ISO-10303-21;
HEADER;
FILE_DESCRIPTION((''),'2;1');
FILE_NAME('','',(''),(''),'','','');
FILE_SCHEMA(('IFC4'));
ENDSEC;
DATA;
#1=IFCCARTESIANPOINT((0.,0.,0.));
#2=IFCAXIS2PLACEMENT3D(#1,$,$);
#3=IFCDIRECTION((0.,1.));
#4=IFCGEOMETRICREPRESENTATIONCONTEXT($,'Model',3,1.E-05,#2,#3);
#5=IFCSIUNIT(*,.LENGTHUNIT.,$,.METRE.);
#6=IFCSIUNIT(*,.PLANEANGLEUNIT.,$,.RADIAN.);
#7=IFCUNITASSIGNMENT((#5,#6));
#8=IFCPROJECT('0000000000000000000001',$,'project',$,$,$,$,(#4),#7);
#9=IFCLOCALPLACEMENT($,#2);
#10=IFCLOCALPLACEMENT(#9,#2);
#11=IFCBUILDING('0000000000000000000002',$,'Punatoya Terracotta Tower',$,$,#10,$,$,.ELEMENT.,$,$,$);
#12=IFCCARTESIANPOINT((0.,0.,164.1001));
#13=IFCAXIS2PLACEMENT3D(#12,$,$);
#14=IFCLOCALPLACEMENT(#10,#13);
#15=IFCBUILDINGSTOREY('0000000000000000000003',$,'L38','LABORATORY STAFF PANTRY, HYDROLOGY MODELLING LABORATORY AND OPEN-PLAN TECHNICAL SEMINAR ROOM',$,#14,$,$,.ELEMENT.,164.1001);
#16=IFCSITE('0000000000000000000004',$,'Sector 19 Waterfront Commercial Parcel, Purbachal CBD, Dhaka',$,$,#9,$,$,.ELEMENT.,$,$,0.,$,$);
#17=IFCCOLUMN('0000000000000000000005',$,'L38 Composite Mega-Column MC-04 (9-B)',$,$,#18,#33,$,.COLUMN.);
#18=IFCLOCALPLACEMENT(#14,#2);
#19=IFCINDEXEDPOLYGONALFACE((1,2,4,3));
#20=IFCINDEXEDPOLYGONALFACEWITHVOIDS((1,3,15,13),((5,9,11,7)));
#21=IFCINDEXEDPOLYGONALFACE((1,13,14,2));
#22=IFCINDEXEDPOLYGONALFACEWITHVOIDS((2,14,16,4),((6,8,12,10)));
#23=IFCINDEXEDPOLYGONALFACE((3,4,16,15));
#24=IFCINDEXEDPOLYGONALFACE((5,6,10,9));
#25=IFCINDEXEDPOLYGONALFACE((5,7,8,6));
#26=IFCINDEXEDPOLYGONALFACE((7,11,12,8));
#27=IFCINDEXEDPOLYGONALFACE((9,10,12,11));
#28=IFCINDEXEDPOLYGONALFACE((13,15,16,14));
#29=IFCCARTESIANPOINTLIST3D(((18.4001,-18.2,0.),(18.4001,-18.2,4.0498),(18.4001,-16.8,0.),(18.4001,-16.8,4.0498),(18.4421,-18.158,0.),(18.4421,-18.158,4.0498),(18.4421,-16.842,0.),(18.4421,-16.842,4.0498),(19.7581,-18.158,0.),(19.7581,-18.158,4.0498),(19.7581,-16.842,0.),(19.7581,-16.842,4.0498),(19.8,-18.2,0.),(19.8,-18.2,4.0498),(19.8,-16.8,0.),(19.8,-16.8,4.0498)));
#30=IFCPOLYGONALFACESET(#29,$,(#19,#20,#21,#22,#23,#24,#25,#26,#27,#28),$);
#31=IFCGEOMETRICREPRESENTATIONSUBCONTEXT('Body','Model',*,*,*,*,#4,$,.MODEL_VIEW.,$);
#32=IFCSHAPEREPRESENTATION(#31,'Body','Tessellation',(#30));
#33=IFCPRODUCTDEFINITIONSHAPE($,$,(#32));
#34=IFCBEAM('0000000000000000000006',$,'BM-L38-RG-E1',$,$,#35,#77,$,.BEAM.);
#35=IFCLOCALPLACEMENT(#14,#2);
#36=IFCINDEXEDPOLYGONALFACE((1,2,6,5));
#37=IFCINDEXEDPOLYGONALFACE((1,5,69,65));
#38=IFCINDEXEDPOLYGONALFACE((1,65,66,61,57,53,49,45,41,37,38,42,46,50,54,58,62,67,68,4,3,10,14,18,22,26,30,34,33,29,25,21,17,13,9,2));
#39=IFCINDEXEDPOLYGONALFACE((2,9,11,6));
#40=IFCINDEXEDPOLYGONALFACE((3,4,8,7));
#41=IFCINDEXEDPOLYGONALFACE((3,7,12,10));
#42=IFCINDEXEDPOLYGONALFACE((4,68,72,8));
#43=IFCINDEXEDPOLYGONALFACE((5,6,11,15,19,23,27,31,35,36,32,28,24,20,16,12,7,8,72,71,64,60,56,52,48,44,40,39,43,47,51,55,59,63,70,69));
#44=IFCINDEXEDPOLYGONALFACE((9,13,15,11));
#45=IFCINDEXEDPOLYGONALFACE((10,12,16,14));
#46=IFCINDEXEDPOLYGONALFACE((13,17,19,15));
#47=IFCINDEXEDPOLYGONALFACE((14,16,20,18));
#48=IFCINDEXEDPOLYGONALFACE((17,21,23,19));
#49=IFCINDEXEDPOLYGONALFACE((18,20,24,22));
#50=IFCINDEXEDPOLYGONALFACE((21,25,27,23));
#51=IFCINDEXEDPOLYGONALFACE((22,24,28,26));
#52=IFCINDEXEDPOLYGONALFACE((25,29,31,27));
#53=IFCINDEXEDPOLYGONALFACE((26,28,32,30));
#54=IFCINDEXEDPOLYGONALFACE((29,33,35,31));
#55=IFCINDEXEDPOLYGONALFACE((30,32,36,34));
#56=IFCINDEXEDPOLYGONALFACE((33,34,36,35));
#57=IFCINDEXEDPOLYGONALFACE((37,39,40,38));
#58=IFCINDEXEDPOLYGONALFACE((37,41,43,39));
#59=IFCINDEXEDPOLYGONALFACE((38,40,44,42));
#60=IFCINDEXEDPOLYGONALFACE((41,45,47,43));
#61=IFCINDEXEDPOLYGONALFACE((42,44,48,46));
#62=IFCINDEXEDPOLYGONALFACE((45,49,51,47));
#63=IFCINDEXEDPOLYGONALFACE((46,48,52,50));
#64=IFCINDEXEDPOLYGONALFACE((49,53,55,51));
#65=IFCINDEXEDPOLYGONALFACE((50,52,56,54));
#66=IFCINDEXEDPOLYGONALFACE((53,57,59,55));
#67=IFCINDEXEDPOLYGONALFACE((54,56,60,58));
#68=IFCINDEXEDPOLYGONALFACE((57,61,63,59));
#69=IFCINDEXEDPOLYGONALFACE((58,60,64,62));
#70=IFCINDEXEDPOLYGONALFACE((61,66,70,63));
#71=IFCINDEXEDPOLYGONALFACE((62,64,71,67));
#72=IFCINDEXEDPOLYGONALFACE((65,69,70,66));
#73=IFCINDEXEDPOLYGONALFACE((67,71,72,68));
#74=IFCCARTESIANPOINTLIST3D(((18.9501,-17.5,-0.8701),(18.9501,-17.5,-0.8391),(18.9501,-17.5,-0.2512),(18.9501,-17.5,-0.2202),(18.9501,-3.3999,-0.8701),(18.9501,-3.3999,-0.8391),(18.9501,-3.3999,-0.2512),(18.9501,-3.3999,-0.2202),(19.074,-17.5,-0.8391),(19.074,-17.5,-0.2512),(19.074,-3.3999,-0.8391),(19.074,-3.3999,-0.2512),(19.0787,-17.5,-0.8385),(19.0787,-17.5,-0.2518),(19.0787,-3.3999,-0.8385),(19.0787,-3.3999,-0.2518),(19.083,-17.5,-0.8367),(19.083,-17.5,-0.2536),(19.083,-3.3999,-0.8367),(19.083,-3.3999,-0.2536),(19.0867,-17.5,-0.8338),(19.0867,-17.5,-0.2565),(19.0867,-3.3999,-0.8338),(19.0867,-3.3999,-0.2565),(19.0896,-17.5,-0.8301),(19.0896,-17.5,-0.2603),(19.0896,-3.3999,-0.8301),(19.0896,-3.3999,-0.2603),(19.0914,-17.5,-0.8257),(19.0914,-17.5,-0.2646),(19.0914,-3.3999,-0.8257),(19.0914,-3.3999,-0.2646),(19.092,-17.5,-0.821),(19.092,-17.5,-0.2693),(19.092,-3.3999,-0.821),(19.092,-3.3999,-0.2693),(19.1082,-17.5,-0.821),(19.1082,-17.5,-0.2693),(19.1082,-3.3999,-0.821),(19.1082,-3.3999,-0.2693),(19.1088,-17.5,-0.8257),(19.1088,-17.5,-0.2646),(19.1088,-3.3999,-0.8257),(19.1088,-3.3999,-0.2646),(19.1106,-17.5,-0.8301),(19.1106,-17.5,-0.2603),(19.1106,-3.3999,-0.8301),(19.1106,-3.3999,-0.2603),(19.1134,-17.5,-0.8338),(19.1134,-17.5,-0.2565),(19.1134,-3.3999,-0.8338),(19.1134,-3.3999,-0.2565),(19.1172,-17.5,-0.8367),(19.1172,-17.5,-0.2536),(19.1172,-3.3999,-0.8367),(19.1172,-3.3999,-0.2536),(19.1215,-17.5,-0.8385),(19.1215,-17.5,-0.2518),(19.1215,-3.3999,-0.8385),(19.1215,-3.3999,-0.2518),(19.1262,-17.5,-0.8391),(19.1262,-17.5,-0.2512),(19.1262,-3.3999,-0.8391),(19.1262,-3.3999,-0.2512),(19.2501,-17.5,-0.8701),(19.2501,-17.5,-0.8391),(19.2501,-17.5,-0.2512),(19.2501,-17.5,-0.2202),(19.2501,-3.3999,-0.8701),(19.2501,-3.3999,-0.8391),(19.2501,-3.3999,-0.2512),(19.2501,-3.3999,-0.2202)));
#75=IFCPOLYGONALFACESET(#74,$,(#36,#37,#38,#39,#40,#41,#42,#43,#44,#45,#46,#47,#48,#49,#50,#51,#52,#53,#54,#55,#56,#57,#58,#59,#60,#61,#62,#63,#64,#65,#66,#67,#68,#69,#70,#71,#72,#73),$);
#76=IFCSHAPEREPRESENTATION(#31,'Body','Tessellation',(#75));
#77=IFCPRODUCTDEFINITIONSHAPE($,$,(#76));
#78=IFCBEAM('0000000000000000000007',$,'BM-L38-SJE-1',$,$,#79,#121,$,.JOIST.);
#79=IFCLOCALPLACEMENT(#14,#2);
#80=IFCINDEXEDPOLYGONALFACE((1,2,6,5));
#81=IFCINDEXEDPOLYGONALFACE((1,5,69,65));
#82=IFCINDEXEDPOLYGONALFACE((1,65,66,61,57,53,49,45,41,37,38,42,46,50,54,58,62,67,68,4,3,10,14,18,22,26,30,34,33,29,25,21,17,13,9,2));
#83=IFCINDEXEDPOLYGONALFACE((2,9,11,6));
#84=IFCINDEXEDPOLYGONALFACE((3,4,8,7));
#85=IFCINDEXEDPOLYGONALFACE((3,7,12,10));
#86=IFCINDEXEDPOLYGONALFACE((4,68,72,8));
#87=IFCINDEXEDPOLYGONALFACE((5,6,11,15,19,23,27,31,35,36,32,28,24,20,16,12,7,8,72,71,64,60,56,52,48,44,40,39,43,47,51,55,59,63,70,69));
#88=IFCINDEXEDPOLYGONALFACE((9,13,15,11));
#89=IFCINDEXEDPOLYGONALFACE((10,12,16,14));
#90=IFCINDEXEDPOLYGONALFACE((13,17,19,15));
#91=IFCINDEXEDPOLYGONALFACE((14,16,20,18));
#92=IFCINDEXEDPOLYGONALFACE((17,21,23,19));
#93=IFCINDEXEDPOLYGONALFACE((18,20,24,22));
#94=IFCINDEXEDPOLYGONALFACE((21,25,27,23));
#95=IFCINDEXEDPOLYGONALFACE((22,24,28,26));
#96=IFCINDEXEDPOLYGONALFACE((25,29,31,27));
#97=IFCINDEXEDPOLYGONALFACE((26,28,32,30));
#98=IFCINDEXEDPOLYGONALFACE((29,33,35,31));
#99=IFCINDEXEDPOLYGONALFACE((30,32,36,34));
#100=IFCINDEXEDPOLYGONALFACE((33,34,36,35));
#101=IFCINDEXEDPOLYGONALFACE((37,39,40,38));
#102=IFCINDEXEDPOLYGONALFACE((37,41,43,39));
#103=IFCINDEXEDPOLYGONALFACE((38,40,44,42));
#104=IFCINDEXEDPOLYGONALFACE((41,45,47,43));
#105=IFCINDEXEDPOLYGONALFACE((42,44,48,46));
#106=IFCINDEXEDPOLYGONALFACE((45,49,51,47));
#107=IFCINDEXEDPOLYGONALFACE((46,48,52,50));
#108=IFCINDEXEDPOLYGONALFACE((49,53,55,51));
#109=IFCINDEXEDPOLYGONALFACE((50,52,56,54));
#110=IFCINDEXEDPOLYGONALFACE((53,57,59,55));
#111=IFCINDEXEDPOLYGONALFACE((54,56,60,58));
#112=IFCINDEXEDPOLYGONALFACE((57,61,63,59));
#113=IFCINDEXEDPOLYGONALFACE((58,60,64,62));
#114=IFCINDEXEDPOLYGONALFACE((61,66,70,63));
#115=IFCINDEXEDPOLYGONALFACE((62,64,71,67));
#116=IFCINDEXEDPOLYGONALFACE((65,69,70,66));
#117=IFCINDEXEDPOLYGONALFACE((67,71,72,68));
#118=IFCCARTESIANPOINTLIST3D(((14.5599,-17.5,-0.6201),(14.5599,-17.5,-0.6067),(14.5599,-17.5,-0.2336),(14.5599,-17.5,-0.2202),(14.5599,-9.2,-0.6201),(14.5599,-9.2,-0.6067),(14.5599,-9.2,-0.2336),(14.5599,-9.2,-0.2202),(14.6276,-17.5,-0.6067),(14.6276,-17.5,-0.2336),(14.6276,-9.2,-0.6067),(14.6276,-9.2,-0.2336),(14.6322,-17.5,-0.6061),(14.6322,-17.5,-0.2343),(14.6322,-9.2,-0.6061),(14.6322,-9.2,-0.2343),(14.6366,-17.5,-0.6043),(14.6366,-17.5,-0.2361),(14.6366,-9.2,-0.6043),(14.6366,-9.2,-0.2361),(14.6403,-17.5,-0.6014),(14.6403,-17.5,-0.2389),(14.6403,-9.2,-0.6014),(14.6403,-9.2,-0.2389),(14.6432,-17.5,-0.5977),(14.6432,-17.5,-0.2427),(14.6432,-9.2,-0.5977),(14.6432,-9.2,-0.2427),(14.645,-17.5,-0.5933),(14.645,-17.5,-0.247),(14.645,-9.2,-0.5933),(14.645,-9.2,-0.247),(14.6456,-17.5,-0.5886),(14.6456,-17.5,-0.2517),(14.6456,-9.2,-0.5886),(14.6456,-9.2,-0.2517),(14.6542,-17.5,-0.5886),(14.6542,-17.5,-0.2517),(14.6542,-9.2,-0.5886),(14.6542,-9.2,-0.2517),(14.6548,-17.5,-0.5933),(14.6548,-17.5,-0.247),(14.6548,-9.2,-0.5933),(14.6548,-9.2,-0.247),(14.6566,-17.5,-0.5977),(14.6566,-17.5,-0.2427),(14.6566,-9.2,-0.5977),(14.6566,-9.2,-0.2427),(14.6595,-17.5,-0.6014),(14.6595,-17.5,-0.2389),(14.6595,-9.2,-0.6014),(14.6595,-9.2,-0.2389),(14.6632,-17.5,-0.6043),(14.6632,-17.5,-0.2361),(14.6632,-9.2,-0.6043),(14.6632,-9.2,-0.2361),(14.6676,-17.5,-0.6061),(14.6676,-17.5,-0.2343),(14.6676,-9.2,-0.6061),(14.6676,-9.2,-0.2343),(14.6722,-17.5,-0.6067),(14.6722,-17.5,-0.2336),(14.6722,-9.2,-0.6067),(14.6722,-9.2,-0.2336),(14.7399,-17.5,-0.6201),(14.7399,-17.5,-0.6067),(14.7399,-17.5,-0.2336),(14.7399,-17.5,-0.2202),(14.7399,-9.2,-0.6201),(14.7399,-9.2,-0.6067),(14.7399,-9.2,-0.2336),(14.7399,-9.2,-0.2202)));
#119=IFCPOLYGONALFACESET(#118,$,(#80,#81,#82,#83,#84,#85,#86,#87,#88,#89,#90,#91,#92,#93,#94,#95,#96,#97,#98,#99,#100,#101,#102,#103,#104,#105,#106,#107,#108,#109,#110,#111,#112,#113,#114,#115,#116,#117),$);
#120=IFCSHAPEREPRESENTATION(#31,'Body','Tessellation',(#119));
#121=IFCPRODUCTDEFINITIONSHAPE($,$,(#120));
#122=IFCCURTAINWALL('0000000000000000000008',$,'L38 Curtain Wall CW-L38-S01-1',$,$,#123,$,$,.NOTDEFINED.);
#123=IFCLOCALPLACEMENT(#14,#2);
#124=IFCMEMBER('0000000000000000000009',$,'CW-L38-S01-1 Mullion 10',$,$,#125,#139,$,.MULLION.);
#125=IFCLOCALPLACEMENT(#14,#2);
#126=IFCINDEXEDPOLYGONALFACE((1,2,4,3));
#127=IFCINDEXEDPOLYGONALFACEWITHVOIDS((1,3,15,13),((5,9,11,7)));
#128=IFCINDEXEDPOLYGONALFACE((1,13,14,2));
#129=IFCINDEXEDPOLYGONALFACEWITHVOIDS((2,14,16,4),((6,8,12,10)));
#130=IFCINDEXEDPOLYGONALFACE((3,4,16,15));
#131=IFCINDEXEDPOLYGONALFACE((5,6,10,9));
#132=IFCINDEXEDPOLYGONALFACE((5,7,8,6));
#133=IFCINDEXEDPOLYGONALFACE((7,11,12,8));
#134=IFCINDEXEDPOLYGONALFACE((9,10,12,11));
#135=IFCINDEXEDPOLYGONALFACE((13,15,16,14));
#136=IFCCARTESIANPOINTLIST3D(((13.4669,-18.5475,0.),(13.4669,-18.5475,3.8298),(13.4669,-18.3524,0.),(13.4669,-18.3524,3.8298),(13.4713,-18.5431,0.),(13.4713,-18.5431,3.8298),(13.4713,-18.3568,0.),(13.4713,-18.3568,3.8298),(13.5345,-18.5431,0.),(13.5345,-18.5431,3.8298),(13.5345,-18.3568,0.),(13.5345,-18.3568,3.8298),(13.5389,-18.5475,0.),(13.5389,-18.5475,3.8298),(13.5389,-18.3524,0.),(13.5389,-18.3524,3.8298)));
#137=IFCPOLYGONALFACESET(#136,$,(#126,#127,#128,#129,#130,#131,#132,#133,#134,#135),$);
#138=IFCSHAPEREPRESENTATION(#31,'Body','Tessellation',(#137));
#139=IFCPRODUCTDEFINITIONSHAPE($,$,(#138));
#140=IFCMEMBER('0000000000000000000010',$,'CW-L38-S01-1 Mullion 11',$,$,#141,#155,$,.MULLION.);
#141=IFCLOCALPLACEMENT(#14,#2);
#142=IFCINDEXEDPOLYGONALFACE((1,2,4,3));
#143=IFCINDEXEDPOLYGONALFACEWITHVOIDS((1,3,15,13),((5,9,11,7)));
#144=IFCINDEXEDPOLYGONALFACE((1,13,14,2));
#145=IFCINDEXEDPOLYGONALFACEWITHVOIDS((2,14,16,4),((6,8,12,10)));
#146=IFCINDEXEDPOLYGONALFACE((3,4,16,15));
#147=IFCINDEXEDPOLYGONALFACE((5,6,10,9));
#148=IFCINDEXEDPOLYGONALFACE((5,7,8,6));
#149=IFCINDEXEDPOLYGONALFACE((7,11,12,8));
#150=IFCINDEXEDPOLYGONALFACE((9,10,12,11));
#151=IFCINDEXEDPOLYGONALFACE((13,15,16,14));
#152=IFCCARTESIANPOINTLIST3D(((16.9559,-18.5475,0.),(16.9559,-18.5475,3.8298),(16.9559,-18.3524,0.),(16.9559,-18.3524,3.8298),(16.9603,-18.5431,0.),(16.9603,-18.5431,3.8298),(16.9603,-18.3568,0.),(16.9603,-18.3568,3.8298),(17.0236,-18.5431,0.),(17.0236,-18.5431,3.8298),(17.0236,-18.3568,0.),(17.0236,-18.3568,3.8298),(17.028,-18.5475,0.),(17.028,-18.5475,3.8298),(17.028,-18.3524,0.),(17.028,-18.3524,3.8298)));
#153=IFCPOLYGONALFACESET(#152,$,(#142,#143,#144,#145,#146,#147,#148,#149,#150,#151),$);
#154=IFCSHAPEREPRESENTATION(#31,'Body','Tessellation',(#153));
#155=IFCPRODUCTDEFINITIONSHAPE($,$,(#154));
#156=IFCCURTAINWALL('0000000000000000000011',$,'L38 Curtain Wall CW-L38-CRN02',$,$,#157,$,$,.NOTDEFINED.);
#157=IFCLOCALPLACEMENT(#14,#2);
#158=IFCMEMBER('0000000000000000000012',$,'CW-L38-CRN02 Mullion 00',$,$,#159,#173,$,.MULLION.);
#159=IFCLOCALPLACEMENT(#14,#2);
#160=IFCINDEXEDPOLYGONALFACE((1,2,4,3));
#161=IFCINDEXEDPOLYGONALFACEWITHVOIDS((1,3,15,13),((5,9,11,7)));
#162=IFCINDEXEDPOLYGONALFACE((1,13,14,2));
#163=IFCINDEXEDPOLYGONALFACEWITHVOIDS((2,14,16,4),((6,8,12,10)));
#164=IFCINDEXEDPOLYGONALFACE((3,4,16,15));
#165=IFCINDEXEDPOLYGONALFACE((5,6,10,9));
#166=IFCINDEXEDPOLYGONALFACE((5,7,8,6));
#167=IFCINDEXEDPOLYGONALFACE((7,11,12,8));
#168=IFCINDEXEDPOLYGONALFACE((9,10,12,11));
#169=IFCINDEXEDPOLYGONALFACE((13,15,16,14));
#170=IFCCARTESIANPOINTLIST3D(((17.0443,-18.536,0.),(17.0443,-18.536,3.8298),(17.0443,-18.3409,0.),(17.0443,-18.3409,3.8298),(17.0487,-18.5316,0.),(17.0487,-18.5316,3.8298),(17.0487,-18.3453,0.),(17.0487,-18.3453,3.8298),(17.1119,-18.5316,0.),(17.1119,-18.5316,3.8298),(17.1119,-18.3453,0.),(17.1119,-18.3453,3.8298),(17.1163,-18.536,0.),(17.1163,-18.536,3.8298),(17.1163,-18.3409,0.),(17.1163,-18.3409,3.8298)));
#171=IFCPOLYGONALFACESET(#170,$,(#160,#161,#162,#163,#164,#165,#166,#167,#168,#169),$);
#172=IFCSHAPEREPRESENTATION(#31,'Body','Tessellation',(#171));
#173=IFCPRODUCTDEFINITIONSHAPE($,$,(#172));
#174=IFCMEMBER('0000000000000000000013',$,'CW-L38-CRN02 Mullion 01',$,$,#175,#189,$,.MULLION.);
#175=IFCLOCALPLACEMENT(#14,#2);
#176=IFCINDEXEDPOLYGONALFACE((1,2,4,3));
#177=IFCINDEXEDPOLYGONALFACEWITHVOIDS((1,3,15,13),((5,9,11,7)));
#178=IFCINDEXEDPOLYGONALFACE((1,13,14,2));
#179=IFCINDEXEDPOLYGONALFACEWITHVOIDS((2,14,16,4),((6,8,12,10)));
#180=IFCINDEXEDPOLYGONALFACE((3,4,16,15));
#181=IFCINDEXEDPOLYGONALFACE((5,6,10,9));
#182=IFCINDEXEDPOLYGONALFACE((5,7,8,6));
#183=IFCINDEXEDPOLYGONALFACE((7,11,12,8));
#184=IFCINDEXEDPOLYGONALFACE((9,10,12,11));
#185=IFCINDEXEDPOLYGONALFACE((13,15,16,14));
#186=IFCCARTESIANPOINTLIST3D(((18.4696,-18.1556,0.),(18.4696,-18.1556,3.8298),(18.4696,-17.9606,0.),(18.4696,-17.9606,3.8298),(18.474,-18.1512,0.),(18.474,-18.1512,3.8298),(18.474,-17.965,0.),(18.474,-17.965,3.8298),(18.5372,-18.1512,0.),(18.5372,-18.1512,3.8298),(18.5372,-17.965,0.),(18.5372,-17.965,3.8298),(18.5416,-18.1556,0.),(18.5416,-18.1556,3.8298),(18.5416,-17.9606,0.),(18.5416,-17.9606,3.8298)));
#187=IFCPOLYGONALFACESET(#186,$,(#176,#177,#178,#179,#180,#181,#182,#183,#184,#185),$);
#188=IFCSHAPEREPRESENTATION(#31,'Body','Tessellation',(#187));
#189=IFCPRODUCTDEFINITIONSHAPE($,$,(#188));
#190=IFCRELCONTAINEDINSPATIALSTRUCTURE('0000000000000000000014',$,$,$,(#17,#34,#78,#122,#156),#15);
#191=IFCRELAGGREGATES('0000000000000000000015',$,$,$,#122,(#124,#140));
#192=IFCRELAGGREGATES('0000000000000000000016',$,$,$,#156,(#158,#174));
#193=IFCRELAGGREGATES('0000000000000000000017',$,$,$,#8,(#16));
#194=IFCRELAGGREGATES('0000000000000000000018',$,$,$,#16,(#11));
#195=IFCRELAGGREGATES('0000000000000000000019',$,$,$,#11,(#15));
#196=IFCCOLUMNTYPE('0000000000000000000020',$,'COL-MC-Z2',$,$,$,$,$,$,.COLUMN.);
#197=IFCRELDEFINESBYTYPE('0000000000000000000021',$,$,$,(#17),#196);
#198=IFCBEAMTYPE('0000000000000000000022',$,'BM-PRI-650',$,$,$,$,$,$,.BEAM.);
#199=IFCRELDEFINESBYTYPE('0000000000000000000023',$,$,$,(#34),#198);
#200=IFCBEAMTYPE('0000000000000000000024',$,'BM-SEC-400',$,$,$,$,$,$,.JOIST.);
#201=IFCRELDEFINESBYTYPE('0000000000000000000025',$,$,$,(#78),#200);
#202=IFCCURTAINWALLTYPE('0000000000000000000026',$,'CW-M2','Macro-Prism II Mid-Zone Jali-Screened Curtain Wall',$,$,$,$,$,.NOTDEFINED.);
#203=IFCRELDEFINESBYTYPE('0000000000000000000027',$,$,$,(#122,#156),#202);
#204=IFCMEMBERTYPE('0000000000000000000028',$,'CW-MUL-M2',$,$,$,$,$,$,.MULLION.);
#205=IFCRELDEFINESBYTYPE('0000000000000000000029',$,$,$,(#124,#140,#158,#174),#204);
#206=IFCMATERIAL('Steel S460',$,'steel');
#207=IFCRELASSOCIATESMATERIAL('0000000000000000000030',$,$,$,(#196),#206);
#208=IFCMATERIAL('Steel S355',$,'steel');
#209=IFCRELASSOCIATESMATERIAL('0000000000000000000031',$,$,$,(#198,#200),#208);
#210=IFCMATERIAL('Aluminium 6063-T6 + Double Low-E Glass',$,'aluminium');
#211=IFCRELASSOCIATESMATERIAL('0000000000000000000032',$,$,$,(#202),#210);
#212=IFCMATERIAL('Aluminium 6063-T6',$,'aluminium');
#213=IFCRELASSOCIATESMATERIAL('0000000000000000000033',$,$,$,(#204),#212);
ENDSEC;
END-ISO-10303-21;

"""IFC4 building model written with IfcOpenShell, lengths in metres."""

from ifc_helpers import new_model, si_unit, direction, frame, origin, origin_2d, place, context, subcontext, project, spatial, hollow_rectangle, i_section, extrude, material, material_profile, profile_set, type_object, element, aggregate, save


model = new_model("IFC4")

# Units and contexts
model_context = context("Model", 3, precision=1e-05, world=origin(), true_north=direction((0.0, 1.0)))
body_context = subcontext(model_context, "Body", "Model", "MODEL_VIEW")
ifc_project = project(units=[si_unit("LENGTHUNIT", "METRE"), si_unit("PLANEANGLEUNIT", "RADIAN")], contexts=[model_context])

# Site, building, storey
site_placement = place(None, origin())
site = spatial("IfcSite", under=ifc_project, at=site_placement, Name="Sector 19 Waterfront Commercial Parcel, Purbachal CBD, Dhaka", CompositionType="ELEMENT", RefElevation=0.0)
building_placement = place(site_placement, origin())
building = spatial("IfcBuilding", under=site, at=building_placement, Name="Punatoya Terracotta Tower", CompositionType="ELEMENT")
storey_placement = place(building_placement, frame((0.0, 0.0, 164.1001)))
storey = spatial("IfcBuildingStorey", under=building, at=storey_placement, Name="L38", Description="LABORATORY STAFF PANTRY, HYDROLOGY MODELLING LABORATORY AND OPEN-PLAN TECHNICAL SEMINAR ROOM", CompositionType="ELEMENT", Elevation=164.1001)

# Column
ifc_material_1 = material(Name="Steel S460", Category="steel")
ifc_material_profile_1 = material_profile(ifc_material_1, hollow_rectangle(XDim=1.3999, YDim=1.3999, WallThickness=0.042, at=origin_2d()))
ifc_profile_set_1 = profile_set([ifc_material_profile_1], Name="Steel S460")
column_type = type_object("IfcColumnType", Name="COL-MC-Z2", PredefinedType="COLUMN", material=ifc_profile_set_1)
column_placement = place(storey_placement, frame((19.1001, -17.5, 0.0), z_axis=(0.0, 0.0, 1.0), x_axis=(1.0, 0.0, 0.0)))
element("IfcColumn", 1, at=column_placement, inside=storey, type_object=column_type, Name="L38 Composite Mega-Column MC-04 (9-B)", PredefinedType="COLUMN", context=body_context, shape_type="SweptSolid", body=[
    extrude(hollow_rectangle(XDim=1.3999, YDim=1.3999, WallThickness=0.042, at=origin_2d()), origin(), (0.0, 0.0, 1.0), 4.0498),
])

# Beams
ifc_material_2 = material(Name="Steel S355", Category="steel")
ifc_material_profile_2 = material_profile(ifc_material_2, i_section(OverallWidth=0.3, OverallDepth=0.6499, WebThickness=0.0161, FlangeThickness=0.031, FilletRadius=0.0181, at=origin_2d()))
ifc_profile_set_2 = profile_set([ifc_material_profile_2], Name="Steel S355")
beam_type_1 = type_object("IfcBeamType", Name="BM-PRI-650", PredefinedType="BEAM", material=ifc_profile_set_2)
beam_1_placement = place(storey_placement, frame((19.1001, -17.5, -0.5452), z_axis=(0.0, 1.0, 0.0), x_axis=(-1.0, 0.0, 0.0)))
element("IfcBeam", 2, at=beam_1_placement, inside=storey, type_object=beam_type_1, Name="BM-L38-RG-E1", PredefinedType="BEAM", context=body_context, shape_type="SweptSolid", body=[
    extrude(i_section(OverallWidth=0.3, OverallDepth=0.6499, WebThickness=0.0161, FlangeThickness=0.031, FilletRadius=0.0181, at=origin_2d()), origin(), (0.0, 0.0, 1.0), 14.1001),
])
ifc_material_profile_3 = material_profile(ifc_material_2, i_section(OverallWidth=0.1799, OverallDepth=0.3999, WebThickness=0.0085, FlangeThickness=0.0134, FilletRadius=0.0181, at=origin_2d()))
ifc_profile_set_3 = profile_set([ifc_material_profile_3], Name="Steel S355")
beam_type_2 = type_object("IfcBeamType", Name="BM-SEC-400", PredefinedType="JOIST", material=ifc_profile_set_3)
beam_2_placement = place(storey_placement, frame((14.6499, -17.5, -0.4202), z_axis=(0.0, 1.0, 0.0), x_axis=(-1.0, 0.0, 0.0)))
element("IfcBeam", 3, at=beam_2_placement, inside=storey, type_object=beam_type_2, Name="BM-L38-SJE-1", PredefinedType="JOIST", context=body_context, shape_type="SweptSolid", body=[
    extrude(i_section(OverallWidth=0.1799, OverallDepth=0.3999, WebThickness=0.0085, FlangeThickness=0.0134, FilletRadius=0.0181, at=origin_2d()), origin(), (0.0, 0.0, 1.0), 8.3),
])

# Curtain walls, members
ifc_material_3 = material(Name="Aluminium 6063-T6 + Double Low-E Glass", Category="aluminium")
curtain_wall_type = type_object("IfcCurtainWallType", Name="CW-M2", Description="Macro-Prism II Mid-Zone Jali-Screened Curtain Wall", PredefinedType="NOTDEFINED", material=ifc_material_3)
curtain_wall_1_placement = place(storey_placement, origin())
curtain_wall_1 = element("IfcCurtainWall", 4, at=curtain_wall_1_placement, inside=storey, type_object=curtain_wall_type, Name="L38 Curtain Wall CW-L38-S01-1", PredefinedType="NOTDEFINED")
ifc_material_4 = material(Name="Aluminium 6063-T6", Category="aluminium")
ifc_material_profile_4 = material_profile(ifc_material_4, hollow_rectangle(XDim=0.072, YDim=0.1951, WallThickness=0.0044, at=origin_2d()))
ifc_profile_set_4 = profile_set([ifc_material_profile_4], Name="Aluminium 6063-T6")
member_type_1 = type_object("IfcMemberType", Name="CW-MUL-M2", PredefinedType="MULLION", material=ifc_profile_set_4)
member_1_placement = place(storey_placement, frame((13.5029, -18.45, 0.0), z_axis=(0.0, 0.0, 1.0), x_axis=(1.0, 0.0, 0.0)))
member_1 = element("IfcMember", 5, at=member_1_placement, type_object=member_type_1, Name="CW-L38-S01-1 Mullion 10", PredefinedType="MULLION", context=body_context, shape_type="SweptSolid", body=[
    extrude(hollow_rectangle(XDim=0.072, YDim=0.1951, WallThickness=0.0044, at=origin_2d()), origin(), (0.0, 0.0, 1.0), 3.8298),
])
member_2_placement = place(storey_placement, frame((16.9919, -18.45, 0.0), z_axis=(0.0, 0.0, 1.0), x_axis=(1.0, 0.0, 0.0)))
member_2 = element("IfcMember", 6, at=member_2_placement, type_object=member_type_1, Name="CW-L38-S01-1 Mullion 11", PredefinedType="MULLION", context=body_context, shape_type="SweptSolid", body=[
    extrude(hollow_rectangle(XDim=0.072, YDim=0.1951, WallThickness=0.0044, at=origin_2d()), origin(), (0.0, 0.0, 1.0), 3.8298),
])
curtain_wall_2_placement = place(storey_placement, origin())
curtain_wall_2 = element("IfcCurtainWall", 7, at=curtain_wall_2_placement, inside=storey, type_object=curtain_wall_type, Name="L38 Curtain Wall CW-L38-CRN02", PredefinedType="NOTDEFINED")
member_3_placement = place(storey_placement, frame((17.0803, -18.4385, 0.0), z_axis=(0.0, 0.0, 1.0), x_axis=(1.0, 0.0, 0.0)))
member_3 = element("IfcMember", 8, at=member_3_placement, type_object=member_type_1, Name="CW-L38-CRN02 Mullion 00", PredefinedType="MULLION", context=body_context, shape_type="SweptSolid", body=[
    extrude(hollow_rectangle(XDim=0.072, YDim=0.1951, WallThickness=0.0044, at=origin_2d()), origin(), (0.0, 0.0, 1.0), 3.8298),
])
member_4_placement = place(storey_placement, frame((18.5056, -18.0581, 0.0), z_axis=(0.0, 0.0, 1.0), x_axis=(1.0, 0.0, 0.0)))
member_4 = element("IfcMember", 9, at=member_4_placement, type_object=member_type_1, Name="CW-L38-CRN02 Mullion 01", PredefinedType="MULLION", context=body_context, shape_type="SweptSolid", body=[
    extrude(hollow_rectangle(XDim=0.072, YDim=0.1951, WallThickness=0.0044, at=origin_2d()), origin(), (0.0, 0.0, 1.0), 3.8298),
])

aggregate(curtain_wall_1, [member_1, member_2])
aggregate(curtain_wall_2, [member_3, member_4])

save(model, "model.ifc")
